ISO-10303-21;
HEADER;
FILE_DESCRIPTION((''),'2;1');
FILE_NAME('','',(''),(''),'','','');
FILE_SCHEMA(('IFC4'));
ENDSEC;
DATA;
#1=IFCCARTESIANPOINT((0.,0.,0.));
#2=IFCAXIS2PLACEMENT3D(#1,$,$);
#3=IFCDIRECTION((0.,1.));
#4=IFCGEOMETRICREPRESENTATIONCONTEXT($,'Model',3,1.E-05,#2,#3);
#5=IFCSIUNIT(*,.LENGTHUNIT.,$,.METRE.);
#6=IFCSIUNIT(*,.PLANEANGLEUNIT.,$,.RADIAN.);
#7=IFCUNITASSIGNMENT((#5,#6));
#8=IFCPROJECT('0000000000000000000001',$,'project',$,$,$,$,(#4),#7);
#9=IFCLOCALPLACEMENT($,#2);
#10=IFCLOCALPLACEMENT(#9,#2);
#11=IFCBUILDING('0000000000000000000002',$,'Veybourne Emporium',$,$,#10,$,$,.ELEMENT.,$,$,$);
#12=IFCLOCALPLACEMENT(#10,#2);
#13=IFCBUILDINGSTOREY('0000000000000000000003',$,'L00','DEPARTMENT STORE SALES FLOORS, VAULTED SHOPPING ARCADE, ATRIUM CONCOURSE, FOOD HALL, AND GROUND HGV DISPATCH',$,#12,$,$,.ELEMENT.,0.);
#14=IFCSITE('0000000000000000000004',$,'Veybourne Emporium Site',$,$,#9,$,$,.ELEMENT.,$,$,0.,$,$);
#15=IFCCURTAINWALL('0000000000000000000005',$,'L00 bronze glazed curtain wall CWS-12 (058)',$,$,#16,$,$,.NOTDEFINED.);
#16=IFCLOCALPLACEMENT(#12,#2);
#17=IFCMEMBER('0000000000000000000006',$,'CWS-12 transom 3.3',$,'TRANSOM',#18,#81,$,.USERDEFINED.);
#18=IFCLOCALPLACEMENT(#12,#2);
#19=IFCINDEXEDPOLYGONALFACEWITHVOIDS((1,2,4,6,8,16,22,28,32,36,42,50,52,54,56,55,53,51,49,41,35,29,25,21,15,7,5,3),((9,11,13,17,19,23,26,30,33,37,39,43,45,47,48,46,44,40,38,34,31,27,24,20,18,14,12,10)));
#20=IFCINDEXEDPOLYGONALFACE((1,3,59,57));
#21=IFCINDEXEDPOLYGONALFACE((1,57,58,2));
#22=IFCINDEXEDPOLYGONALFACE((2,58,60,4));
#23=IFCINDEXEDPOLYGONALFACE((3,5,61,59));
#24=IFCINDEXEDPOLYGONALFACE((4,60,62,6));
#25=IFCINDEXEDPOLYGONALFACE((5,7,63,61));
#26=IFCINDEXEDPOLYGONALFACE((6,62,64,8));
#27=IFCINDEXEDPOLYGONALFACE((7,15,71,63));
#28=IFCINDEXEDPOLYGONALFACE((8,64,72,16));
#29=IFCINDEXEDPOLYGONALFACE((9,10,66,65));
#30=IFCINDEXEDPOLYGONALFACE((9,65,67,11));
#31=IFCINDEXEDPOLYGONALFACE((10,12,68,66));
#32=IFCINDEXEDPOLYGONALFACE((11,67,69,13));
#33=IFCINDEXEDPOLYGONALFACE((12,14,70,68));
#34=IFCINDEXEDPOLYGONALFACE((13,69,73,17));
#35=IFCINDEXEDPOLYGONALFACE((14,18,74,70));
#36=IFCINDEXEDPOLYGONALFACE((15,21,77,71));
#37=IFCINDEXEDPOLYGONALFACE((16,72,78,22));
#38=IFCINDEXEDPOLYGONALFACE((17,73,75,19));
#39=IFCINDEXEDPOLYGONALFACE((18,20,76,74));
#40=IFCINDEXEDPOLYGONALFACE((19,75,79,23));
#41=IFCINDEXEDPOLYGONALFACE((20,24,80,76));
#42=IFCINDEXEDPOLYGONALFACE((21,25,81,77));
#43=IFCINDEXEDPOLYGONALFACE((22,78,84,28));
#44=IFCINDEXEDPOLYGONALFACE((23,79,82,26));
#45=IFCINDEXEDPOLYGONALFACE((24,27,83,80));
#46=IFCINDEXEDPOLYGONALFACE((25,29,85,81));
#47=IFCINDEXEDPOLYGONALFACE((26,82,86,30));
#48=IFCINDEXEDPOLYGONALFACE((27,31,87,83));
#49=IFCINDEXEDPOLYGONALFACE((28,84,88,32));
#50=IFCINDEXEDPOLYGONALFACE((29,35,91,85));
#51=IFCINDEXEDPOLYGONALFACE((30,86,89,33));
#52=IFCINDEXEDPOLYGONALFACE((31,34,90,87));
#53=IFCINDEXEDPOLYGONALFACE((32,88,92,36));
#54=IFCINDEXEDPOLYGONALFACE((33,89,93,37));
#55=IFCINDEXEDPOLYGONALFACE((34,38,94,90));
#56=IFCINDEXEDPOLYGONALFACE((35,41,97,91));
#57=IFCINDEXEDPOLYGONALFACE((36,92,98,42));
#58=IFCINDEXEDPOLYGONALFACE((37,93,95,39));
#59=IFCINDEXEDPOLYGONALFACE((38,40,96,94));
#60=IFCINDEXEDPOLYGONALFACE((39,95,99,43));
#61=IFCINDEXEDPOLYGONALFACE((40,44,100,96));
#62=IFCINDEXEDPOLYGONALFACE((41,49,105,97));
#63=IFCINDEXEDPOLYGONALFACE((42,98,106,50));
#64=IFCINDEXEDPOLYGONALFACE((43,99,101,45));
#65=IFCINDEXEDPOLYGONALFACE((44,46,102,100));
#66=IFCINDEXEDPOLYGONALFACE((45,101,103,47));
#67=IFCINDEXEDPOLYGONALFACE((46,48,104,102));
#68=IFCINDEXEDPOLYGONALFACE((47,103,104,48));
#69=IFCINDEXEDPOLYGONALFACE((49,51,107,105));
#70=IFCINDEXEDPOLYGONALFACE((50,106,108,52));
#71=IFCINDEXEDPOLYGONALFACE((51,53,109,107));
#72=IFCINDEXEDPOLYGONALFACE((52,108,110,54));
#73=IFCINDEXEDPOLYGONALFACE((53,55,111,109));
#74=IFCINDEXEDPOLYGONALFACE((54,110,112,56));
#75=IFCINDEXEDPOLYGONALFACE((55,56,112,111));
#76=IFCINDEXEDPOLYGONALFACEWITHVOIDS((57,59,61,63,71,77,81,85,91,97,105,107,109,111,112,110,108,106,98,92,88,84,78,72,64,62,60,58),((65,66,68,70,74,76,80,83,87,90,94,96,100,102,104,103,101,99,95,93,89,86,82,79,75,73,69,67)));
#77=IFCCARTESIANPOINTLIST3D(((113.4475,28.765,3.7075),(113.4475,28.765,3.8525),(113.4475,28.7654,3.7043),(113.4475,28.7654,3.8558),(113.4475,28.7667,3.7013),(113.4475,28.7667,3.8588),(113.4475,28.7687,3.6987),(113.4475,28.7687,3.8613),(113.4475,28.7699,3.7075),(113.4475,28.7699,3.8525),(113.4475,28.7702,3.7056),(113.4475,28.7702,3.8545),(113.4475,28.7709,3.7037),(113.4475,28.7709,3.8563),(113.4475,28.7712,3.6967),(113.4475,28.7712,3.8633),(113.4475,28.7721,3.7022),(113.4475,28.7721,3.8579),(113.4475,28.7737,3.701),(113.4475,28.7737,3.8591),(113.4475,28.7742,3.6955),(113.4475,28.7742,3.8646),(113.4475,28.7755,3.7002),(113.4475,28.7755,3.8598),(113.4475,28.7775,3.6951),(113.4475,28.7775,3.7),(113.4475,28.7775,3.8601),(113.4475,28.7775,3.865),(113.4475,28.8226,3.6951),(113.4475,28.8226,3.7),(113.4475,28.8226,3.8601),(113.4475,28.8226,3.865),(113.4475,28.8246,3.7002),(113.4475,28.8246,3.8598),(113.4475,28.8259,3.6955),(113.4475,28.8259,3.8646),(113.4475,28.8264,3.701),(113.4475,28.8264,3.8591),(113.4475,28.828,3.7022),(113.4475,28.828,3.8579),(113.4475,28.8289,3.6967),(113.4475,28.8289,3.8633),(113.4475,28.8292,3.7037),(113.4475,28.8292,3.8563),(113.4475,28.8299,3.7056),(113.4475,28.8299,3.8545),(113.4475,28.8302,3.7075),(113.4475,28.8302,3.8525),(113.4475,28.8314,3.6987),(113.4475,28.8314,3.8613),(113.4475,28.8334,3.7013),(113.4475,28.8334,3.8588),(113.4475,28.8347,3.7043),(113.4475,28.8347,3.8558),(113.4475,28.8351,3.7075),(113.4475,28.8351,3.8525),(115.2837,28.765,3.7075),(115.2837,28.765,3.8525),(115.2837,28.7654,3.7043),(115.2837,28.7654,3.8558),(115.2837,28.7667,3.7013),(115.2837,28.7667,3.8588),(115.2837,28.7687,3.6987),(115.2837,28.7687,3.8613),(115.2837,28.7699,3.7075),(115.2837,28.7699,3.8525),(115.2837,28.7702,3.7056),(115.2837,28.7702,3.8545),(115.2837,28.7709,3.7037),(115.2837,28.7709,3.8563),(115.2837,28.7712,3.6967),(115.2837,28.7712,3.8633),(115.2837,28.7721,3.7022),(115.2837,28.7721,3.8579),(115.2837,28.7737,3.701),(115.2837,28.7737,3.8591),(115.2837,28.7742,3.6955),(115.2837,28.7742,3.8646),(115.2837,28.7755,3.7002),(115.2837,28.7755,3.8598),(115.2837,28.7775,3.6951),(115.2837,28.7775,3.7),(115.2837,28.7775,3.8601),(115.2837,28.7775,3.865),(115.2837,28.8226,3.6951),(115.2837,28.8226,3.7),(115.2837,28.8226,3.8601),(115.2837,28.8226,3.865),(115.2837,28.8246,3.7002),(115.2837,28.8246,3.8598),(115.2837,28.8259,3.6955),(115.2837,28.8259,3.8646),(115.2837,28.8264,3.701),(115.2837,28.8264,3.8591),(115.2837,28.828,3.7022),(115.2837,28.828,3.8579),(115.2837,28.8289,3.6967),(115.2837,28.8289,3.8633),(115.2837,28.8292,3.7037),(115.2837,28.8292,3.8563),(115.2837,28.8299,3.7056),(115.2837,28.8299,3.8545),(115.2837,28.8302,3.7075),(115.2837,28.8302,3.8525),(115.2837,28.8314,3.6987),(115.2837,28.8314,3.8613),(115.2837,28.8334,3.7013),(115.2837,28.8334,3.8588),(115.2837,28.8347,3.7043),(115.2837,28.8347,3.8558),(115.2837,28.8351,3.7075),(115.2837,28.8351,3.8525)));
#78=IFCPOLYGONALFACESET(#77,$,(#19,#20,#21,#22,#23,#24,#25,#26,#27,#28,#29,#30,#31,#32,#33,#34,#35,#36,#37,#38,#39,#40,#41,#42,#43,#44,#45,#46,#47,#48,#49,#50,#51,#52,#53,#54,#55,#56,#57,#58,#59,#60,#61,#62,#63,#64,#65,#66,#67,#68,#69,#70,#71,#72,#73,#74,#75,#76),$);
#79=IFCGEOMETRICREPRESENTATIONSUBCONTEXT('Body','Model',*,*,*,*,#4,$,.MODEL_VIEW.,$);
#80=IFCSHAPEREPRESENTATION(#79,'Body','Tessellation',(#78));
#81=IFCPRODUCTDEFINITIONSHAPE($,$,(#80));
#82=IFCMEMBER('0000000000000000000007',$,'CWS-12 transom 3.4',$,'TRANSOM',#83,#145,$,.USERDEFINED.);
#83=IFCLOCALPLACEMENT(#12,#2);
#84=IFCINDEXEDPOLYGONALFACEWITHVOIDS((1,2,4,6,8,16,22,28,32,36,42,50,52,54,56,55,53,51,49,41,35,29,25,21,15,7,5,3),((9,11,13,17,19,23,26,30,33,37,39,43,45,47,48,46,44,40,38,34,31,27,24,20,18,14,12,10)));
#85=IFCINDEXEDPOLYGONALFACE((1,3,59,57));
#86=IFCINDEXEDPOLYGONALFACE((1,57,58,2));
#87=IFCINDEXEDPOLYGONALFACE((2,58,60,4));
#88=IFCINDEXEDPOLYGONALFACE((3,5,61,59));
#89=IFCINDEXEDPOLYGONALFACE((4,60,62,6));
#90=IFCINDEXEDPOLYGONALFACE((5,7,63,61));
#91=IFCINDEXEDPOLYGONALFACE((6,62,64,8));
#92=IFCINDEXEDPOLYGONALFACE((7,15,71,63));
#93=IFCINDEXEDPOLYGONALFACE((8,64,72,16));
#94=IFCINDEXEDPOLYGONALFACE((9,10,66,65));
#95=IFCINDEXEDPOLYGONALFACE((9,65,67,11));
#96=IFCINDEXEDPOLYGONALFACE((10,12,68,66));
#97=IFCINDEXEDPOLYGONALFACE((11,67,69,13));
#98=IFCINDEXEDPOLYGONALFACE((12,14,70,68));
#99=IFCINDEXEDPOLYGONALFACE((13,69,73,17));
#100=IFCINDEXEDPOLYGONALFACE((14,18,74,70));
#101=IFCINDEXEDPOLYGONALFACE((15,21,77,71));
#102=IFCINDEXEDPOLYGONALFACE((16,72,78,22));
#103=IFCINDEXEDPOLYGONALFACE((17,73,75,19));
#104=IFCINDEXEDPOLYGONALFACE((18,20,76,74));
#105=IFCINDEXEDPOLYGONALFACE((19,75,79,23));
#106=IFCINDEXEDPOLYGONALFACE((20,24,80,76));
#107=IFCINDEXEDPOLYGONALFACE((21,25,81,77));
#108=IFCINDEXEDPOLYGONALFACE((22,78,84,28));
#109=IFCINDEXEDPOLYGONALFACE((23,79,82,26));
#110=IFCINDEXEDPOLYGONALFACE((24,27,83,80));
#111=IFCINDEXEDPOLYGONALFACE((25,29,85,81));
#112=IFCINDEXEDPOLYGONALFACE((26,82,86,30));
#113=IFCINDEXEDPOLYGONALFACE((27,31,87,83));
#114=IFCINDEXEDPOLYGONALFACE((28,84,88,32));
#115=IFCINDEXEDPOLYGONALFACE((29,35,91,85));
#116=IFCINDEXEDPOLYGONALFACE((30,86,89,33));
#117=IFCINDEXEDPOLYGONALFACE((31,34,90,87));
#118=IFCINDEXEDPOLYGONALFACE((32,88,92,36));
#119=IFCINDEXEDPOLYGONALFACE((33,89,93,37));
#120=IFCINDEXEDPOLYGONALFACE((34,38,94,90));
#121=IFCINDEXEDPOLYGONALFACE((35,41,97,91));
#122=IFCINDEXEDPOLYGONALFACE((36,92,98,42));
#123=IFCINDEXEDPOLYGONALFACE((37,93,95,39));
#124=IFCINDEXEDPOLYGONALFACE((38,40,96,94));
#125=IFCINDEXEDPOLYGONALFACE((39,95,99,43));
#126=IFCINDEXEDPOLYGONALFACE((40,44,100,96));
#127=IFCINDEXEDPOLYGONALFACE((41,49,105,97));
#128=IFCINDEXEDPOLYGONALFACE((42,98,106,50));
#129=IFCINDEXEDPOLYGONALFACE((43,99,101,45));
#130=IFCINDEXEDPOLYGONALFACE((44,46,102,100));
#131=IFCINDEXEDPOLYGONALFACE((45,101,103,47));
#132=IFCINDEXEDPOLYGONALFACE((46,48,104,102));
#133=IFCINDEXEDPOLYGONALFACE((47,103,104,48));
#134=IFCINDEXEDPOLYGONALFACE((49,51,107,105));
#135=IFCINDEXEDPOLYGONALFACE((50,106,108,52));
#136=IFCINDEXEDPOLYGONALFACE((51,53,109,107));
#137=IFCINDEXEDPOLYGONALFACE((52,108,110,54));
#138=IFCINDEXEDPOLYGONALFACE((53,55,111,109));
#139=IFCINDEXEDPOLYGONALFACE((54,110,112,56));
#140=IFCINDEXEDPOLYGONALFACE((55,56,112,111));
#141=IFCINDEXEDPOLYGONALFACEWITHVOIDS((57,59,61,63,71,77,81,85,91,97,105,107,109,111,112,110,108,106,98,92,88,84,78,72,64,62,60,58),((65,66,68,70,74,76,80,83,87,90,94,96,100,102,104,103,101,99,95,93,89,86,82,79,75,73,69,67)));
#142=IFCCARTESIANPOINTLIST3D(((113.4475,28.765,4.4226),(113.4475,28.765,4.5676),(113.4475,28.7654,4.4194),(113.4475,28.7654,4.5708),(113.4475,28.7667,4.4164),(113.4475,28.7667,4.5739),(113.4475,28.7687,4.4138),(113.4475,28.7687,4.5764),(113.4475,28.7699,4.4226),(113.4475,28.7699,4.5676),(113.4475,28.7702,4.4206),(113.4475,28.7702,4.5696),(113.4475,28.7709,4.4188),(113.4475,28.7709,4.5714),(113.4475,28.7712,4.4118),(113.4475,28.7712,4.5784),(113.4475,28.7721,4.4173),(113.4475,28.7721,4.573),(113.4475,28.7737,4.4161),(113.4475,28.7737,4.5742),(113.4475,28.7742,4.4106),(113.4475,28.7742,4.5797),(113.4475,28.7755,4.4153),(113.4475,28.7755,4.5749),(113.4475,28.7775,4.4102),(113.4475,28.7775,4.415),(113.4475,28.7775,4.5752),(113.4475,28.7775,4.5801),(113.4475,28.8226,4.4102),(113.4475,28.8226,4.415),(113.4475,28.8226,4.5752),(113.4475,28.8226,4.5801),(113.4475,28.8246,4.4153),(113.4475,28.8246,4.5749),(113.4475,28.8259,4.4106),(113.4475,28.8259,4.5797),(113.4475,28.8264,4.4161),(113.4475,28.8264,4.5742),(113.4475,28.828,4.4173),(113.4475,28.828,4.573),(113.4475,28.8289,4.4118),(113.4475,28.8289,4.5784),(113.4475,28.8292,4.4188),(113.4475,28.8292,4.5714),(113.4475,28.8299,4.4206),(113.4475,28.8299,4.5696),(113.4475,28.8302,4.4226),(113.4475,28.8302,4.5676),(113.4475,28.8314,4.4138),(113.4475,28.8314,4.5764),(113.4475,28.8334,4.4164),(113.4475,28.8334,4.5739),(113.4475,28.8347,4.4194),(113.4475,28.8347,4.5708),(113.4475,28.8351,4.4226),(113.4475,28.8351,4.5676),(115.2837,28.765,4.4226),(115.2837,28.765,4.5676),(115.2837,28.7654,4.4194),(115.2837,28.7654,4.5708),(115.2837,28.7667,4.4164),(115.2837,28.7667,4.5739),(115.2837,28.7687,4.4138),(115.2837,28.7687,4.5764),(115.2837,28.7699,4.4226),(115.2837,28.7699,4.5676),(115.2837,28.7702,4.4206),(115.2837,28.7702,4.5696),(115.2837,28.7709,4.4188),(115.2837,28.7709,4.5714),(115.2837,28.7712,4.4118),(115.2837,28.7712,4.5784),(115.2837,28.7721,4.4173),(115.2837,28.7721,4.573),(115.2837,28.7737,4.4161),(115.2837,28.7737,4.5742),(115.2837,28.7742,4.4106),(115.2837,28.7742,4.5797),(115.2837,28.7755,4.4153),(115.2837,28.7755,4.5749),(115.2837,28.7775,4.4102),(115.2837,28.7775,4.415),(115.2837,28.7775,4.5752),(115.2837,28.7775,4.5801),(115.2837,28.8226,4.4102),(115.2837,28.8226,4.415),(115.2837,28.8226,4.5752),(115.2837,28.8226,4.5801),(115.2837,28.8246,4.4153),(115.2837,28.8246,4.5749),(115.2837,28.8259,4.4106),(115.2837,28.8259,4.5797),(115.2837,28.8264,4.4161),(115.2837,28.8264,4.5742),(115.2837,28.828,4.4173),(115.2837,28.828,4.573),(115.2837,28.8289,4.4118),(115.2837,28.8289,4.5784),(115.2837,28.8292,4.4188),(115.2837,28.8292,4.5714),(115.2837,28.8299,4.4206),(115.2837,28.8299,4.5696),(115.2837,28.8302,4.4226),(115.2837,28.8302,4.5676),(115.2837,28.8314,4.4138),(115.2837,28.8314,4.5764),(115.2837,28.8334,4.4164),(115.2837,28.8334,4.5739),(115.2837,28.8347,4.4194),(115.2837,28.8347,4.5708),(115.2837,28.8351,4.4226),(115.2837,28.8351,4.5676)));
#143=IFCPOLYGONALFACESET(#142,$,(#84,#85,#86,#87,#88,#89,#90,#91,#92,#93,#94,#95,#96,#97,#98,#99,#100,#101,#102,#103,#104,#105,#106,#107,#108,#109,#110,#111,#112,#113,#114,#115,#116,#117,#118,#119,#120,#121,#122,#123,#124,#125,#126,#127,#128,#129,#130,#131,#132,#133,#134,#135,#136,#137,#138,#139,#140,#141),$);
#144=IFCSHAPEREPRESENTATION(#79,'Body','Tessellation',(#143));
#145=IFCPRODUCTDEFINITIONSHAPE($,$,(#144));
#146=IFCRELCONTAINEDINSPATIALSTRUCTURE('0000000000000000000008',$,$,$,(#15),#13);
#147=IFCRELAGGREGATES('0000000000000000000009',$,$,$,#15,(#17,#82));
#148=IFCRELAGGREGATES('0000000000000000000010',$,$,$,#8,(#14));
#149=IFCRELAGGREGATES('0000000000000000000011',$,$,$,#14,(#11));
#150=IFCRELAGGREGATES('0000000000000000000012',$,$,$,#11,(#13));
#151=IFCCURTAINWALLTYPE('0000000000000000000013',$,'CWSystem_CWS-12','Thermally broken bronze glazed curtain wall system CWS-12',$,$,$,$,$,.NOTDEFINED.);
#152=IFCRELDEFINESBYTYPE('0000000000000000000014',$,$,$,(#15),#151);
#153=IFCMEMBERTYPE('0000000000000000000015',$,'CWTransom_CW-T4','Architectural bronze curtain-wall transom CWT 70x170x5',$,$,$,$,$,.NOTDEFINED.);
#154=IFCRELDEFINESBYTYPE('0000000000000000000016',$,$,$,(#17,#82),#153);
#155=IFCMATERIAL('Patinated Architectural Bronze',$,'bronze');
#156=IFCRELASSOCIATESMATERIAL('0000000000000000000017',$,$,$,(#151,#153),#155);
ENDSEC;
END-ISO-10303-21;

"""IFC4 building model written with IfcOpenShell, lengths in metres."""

from ifc_helpers import new_model, si_unit, direction, frame, origin, origin_2d, place, context, subcontext, project, spatial, hollow_rectangle, extrude, material, material_profile, profile_set, type_object, element, aggregate, save


model = new_model("IFC4")

# Units and contexts
model_context = context("Model", 3, precision=1e-05, world=origin(), true_north=direction((0.0, 1.0)))
body_context = subcontext(model_context, "Body", "Model", "MODEL_VIEW")
ifc_project = project(units=[si_unit("LENGTHUNIT", "METRE"), si_unit("PLANEANGLEUNIT", "RADIAN")], contexts=[model_context])

# Site, building, storey
site_placement = place(None, origin())
site = spatial("IfcSite", under=ifc_project, at=site_placement, Name="Veybourne Emporium Site", CompositionType="ELEMENT", RefElevation=0.0)
building_placement = place(site_placement, origin())
building = spatial("IfcBuilding", under=site, at=building_placement, Name="Veybourne Emporium", CompositionType="ELEMENT")
storey_placement = place(building_placement, origin())
storey = spatial("IfcBuildingStorey", under=building, at=storey_placement, Name="L00", Description="DEPARTMENT STORE SALES FLOORS, VAULTED SHOPPING ARCADE, ATRIUM CONCOURSE, FOOD HALL, AND GROUND HGV DISPATCH", CompositionType="ELEMENT", Elevation=0.0)

# Shared definitions
ifc_material_1 = material(Name="Patinated Architectural Bronze", Category="bronze")

# Curtain wall
curtain_wall_type_1 = type_object("IfcCurtainWallType", Name="CWSystem_CWS-12", Description="Thermally broken bronze glazed curtain wall system CWS-12", PredefinedType="NOTDEFINED", material=ifc_material_1)
curtain_wall_1_placement = place(storey_placement, origin())
curtain_wall_1 = element("IfcCurtainWall", 1, at=curtain_wall_1_placement, inside=storey, type_object=curtain_wall_type_1, Name="L00 bronze glazed curtain wall CWS-12 (058)", PredefinedType="NOTDEFINED")

# Members
ifc_material_profile_1 = material_profile(ifc_material_1, hollow_rectangle(XDim=0.0701, YDim=0.1699, WallThickness=0.0049, InnerFilletRadius=0.0076, OuterFilletRadius=0.0125, at=origin_2d()), Name="CWT 70x170x5")
ifc_profile_set_1 = profile_set([ifc_material_profile_1], Name="Patinated Architectural Bronze")
member_type_1 = type_object("IfcMemberType", Name="CWTransom_CW-T4", Description="Architectural bronze curtain-wall transom CWT 70x170x5", PredefinedType="NOTDEFINED", material=ifc_profile_set_1)
member_1_placement = place(storey_placement, frame((113.4475, 28.8, 3.78), z_axis=(1.0, 0.0, 0.0), x_axis=(0.0, 1.0, 0.0)))
member_1 = element("IfcMember", 2, at=member_1_placement, type_object=member_type_1, Name="CWS-12 transom 3.3", ObjectType="TRANSOM", PredefinedType="USERDEFINED", context=body_context, shape_type="SweptSolid", body=[
    extrude(hollow_rectangle(XDim=0.0701, YDim=0.1699, WallThickness=0.0049, InnerFilletRadius=0.0076, OuterFilletRadius=0.0125, at=origin_2d()), origin(), (0.0, 0.0, 1.0), 1.8362),
])
member_2_placement = place(storey_placement, frame((113.4475, 28.8, 4.4951), z_axis=(1.0, 0.0, 0.0), x_axis=(0.0, 1.0, 0.0)))
member_2 = element("IfcMember", 3, at=member_2_placement, type_object=member_type_1, Name="CWS-12 transom 3.4", ObjectType="TRANSOM", PredefinedType="USERDEFINED", context=body_context, shape_type="SweptSolid", body=[
    extrude(hollow_rectangle(XDim=0.0701, YDim=0.1699, WallThickness=0.0049, InnerFilletRadius=0.0076, OuterFilletRadius=0.0125, at=origin_2d()), origin(), (0.0, 0.0, 1.0), 1.8362),
])

aggregate(curtain_wall_1, [member_1, member_2])

save(model, "model.ifc")
